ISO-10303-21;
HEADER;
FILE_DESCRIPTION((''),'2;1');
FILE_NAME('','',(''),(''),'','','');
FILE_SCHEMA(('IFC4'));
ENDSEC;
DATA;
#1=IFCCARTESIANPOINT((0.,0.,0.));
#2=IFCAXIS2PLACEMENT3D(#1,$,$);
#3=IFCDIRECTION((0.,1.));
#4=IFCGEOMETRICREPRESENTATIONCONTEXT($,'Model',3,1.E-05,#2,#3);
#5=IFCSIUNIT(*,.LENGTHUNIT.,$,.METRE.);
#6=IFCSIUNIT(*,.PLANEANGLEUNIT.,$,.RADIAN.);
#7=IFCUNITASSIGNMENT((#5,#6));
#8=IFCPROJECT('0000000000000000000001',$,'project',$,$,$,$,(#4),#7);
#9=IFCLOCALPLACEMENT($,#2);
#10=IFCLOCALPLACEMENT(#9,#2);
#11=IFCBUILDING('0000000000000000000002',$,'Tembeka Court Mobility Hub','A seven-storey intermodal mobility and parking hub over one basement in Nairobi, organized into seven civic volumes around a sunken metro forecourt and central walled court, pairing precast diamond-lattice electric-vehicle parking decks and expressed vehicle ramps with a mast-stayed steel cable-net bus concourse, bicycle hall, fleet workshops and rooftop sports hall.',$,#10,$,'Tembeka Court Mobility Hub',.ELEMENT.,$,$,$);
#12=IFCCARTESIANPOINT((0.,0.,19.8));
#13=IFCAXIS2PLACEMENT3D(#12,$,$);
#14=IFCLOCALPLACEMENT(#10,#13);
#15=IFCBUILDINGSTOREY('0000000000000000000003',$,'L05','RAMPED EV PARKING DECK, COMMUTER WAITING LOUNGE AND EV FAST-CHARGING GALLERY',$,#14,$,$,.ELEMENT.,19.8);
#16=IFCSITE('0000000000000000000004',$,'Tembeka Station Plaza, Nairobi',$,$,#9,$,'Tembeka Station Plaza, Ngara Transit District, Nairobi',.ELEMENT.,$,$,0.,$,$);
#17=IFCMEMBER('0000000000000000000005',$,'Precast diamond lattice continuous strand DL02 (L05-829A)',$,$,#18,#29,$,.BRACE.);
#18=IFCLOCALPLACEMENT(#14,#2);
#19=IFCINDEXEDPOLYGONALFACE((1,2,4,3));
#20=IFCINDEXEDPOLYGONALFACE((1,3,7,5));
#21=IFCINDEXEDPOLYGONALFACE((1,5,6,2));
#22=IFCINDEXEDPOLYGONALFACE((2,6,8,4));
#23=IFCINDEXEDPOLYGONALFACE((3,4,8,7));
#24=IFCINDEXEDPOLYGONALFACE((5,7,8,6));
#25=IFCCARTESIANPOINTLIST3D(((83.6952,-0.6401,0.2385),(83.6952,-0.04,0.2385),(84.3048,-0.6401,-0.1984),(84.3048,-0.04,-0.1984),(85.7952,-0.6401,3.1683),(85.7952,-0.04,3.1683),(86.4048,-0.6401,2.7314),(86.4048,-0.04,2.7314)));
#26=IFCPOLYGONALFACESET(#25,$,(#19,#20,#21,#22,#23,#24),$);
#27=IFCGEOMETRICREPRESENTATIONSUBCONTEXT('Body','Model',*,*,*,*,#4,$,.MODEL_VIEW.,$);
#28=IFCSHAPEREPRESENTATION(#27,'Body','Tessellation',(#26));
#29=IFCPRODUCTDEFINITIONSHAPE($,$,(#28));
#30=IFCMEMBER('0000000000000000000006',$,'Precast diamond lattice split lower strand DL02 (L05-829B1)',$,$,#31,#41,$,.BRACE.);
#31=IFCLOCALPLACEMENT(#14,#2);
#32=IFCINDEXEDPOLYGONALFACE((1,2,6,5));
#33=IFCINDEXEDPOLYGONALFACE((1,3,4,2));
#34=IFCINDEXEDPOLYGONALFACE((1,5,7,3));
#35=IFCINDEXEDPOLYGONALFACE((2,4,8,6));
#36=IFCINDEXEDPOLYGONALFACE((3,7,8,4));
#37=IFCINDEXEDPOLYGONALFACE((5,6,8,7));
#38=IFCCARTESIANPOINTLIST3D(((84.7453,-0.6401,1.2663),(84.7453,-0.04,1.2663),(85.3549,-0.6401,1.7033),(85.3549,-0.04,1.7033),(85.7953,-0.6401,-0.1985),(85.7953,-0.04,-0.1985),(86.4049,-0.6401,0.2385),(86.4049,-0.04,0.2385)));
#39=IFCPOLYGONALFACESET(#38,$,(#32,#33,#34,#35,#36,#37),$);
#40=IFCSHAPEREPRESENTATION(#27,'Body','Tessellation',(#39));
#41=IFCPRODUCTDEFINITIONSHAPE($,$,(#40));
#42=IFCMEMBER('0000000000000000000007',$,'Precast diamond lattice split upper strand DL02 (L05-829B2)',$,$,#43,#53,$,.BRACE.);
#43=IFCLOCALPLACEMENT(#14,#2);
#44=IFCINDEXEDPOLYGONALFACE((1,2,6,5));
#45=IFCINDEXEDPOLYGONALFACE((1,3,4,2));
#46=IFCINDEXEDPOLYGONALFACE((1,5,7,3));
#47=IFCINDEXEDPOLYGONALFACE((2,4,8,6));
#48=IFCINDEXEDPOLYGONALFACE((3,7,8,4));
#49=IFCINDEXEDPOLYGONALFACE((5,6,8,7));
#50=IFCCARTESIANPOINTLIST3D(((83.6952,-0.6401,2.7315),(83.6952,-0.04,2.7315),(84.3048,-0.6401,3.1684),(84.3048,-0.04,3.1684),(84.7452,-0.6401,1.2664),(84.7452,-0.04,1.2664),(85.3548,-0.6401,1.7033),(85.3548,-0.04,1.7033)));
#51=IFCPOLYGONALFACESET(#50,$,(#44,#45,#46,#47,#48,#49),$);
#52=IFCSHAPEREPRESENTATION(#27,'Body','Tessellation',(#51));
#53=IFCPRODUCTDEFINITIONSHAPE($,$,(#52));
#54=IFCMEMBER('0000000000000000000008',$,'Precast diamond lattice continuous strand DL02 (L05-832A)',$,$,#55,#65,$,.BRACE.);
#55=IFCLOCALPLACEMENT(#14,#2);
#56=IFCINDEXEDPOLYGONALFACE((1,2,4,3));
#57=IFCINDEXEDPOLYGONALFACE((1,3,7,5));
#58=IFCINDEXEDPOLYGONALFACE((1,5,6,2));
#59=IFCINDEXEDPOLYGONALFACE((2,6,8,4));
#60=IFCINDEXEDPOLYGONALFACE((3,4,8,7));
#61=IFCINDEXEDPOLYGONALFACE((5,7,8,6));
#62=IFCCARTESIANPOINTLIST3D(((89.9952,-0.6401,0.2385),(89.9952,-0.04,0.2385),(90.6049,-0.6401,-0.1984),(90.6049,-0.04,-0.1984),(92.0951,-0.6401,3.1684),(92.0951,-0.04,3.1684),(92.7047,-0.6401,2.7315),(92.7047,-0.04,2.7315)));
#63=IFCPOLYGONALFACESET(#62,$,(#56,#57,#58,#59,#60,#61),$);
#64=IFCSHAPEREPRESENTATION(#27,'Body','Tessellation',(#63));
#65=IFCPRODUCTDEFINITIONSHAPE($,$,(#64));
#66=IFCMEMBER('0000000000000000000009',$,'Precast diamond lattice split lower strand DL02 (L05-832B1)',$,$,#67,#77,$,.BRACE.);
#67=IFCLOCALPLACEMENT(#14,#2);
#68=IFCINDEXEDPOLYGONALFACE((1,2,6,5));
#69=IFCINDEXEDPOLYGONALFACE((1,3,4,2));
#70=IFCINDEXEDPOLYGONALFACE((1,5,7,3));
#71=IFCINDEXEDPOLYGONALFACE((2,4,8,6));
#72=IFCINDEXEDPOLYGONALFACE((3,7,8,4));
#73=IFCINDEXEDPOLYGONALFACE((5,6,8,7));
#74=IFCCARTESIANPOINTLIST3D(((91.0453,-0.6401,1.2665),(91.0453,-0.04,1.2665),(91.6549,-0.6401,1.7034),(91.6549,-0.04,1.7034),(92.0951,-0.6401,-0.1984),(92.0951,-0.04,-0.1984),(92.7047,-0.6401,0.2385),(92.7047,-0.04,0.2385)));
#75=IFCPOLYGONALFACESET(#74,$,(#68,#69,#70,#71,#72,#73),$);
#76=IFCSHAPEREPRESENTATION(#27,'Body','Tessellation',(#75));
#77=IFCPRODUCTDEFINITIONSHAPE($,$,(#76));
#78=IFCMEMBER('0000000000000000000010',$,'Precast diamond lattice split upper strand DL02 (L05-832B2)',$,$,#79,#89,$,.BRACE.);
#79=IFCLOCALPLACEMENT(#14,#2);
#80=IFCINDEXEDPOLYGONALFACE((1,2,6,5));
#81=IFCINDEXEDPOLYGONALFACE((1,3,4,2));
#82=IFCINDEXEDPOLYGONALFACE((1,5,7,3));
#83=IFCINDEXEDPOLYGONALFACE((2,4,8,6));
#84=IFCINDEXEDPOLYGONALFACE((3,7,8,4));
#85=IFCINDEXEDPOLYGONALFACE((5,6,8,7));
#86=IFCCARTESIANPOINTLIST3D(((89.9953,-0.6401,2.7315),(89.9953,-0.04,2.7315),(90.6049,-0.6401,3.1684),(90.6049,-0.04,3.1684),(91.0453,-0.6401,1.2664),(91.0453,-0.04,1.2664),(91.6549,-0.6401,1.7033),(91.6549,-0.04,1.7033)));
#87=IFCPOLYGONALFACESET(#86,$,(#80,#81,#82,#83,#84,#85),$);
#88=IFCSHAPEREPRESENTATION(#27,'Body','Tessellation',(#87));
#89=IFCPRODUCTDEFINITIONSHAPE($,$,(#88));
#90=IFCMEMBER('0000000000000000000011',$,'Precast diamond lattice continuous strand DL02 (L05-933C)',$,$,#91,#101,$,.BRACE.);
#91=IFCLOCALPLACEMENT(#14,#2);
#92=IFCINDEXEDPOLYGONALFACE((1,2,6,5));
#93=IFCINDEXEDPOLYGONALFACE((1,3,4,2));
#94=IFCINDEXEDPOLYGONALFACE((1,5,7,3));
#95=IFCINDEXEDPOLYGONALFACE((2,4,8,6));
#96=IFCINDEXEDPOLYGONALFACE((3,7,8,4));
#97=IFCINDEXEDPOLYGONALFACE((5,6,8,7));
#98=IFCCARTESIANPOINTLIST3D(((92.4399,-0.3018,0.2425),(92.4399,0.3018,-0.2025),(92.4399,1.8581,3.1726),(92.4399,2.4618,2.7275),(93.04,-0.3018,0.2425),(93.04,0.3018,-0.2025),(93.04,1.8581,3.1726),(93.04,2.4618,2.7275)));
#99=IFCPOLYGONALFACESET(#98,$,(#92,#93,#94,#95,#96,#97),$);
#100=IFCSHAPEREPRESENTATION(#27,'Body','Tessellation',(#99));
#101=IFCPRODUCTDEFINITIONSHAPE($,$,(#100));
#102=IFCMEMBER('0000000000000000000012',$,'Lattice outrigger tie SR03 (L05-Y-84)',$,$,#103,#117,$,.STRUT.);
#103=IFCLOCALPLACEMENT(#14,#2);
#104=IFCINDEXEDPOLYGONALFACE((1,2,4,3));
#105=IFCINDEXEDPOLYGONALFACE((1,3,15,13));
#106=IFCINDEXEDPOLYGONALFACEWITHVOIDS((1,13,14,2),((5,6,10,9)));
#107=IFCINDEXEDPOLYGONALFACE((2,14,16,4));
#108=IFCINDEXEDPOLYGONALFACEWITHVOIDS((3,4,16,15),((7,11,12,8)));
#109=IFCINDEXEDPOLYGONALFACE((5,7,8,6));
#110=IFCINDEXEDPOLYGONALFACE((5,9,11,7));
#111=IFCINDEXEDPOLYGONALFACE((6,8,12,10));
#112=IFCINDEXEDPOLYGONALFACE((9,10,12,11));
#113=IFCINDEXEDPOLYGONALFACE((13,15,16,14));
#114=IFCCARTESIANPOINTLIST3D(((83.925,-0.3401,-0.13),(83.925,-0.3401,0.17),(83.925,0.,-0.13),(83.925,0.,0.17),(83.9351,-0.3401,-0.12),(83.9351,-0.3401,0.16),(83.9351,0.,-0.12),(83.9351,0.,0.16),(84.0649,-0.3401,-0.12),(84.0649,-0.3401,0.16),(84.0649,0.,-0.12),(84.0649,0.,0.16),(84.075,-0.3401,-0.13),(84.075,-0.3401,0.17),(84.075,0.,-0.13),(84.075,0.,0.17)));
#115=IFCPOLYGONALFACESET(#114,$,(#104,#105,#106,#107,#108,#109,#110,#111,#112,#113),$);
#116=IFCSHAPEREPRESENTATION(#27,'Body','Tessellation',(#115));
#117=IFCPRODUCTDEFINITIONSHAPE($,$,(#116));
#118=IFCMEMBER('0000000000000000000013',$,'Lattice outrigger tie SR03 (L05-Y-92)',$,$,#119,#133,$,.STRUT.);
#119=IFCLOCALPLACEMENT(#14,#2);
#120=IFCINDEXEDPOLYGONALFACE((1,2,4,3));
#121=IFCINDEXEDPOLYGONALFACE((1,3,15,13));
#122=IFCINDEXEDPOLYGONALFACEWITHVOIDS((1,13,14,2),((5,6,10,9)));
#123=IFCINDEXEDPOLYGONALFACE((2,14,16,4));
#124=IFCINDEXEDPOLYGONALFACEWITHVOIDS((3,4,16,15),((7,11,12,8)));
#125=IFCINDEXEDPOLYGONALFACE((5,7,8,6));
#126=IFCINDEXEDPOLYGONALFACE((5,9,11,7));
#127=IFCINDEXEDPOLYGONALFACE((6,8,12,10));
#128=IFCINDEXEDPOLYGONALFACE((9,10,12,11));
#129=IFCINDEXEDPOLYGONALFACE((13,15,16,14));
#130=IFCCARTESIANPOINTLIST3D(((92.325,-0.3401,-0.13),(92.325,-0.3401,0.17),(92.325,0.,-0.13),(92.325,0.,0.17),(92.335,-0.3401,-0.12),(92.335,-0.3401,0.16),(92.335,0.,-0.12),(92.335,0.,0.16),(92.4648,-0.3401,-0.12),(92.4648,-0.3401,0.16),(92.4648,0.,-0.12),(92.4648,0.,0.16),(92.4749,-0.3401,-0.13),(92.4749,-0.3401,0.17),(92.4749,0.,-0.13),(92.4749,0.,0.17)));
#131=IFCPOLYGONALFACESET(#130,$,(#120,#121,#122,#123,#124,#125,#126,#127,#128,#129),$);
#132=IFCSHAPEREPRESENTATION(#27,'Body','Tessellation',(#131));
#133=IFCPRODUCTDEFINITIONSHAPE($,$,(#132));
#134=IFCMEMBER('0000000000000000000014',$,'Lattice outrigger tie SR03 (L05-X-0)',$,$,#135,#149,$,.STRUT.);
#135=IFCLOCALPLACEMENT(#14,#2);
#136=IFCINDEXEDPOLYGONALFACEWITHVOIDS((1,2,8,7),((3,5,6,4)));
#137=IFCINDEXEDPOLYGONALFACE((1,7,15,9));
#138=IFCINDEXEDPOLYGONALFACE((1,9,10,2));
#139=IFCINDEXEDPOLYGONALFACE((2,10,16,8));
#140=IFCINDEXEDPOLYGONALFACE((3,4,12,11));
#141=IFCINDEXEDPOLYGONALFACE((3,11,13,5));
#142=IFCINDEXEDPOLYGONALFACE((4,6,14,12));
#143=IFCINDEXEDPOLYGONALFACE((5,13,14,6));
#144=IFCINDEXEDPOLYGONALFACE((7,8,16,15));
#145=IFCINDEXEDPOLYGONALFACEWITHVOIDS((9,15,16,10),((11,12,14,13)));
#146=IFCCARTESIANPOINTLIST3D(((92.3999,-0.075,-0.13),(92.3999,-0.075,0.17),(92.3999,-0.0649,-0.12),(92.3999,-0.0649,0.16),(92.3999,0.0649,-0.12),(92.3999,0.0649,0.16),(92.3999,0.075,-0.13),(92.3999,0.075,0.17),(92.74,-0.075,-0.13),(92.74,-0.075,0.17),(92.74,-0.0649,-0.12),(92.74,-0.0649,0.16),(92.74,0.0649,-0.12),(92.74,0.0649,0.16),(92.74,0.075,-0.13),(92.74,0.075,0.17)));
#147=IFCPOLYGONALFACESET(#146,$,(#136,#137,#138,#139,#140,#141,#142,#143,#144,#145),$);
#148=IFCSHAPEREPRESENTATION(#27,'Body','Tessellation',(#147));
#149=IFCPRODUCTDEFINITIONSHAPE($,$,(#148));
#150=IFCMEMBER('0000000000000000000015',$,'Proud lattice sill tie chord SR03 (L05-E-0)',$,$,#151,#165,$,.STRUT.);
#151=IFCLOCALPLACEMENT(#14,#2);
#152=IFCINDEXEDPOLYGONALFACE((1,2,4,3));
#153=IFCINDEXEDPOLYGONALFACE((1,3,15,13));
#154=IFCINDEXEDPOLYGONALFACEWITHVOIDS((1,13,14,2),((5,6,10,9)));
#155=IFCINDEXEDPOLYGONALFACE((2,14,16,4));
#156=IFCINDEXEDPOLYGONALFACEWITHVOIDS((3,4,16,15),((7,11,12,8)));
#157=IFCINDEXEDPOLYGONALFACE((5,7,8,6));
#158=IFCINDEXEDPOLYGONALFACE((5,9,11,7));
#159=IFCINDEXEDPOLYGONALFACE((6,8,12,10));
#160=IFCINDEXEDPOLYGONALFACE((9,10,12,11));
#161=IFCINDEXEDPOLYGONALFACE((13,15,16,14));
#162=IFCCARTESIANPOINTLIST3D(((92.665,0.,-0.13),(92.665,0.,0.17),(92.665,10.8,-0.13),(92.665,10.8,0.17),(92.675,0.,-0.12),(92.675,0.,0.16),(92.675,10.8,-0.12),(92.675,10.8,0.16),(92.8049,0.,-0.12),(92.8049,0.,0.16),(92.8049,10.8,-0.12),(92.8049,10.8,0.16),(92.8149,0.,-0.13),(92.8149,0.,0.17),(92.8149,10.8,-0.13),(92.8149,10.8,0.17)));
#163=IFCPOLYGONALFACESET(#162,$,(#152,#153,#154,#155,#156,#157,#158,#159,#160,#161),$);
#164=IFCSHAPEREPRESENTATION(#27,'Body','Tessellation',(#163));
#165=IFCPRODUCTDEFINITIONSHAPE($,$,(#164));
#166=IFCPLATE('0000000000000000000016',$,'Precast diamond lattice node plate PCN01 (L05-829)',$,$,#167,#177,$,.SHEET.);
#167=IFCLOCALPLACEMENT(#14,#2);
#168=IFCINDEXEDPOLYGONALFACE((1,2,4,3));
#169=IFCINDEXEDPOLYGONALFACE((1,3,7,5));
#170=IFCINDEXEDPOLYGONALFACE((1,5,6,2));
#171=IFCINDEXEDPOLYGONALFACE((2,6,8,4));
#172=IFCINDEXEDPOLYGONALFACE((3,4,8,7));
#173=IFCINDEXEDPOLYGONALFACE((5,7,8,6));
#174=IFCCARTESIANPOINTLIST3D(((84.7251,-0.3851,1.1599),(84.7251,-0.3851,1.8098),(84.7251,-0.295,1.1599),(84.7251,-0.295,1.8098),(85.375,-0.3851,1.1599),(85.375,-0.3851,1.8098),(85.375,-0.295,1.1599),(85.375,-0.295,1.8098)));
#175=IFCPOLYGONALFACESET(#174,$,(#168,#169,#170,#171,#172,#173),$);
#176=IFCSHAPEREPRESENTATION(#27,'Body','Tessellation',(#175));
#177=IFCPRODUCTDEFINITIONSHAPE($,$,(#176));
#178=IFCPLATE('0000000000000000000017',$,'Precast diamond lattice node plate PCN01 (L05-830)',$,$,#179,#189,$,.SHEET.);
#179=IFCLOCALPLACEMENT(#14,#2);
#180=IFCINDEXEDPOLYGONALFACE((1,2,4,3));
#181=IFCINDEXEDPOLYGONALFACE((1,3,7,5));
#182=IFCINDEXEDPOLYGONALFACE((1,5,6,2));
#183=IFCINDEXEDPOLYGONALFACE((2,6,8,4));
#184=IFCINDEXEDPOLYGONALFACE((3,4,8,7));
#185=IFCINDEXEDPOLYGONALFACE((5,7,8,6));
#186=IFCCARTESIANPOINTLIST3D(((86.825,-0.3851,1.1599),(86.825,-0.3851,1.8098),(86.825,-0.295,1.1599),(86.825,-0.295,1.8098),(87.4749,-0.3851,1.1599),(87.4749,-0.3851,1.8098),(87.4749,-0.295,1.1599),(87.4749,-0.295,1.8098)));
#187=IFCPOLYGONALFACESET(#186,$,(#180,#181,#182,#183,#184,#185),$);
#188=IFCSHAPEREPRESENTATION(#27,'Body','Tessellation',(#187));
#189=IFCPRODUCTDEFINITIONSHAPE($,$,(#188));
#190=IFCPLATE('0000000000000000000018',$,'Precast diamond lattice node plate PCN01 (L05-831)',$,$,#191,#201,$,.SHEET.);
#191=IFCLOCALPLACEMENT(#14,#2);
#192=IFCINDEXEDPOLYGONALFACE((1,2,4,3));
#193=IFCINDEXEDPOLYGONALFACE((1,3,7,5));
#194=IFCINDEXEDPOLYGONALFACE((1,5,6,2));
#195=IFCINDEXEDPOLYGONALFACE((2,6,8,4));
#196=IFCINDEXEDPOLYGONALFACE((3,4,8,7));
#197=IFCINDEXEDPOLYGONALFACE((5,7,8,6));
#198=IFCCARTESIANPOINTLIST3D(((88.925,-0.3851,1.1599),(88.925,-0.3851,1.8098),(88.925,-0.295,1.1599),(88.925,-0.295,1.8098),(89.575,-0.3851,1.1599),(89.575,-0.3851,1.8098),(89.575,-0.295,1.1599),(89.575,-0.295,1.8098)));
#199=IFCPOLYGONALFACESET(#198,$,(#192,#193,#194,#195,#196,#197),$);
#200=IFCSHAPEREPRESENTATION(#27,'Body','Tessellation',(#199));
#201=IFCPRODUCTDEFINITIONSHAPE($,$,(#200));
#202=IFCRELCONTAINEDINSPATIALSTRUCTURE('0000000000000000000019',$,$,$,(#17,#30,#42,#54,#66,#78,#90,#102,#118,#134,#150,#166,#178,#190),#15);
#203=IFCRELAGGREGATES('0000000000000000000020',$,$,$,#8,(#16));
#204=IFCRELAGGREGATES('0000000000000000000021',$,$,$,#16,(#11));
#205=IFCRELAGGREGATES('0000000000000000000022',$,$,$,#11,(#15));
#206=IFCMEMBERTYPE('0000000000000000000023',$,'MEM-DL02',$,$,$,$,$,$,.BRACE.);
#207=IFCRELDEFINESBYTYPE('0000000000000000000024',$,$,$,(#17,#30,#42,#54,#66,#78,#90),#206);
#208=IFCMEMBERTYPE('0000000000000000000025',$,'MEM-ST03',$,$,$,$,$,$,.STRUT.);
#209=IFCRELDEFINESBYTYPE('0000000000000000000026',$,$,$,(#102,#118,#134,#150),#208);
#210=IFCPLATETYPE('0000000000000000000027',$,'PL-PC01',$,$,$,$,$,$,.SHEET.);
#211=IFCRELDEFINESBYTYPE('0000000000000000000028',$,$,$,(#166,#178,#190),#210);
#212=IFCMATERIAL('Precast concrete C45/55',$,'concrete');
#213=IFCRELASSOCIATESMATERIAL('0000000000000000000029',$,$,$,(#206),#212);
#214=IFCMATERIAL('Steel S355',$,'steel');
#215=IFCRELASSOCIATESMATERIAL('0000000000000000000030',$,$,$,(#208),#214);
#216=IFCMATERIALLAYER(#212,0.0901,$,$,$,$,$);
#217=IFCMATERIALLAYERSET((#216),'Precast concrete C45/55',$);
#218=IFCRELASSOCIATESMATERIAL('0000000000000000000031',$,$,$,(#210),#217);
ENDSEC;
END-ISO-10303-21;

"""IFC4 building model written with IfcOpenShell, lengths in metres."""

from ifc_helpers import new_model, si_unit, direction, frame, origin, origin_2d, place, context, subcontext, project, spatial, rectangle, hollow_rectangle, extrude, material, layer, layer_set, material_profile, profile_set, type_object, element, save


model = new_model("IFC4")

# Units and contexts
model_context = context("Model", 3, precision=1e-05, world=origin(), true_north=direction((0.0, 1.0)))
body_context = subcontext(model_context, "Body", "Model", "MODEL_VIEW")
ifc_project = project(units=[si_unit("LENGTHUNIT", "METRE"), si_unit("PLANEANGLEUNIT", "RADIAN")], contexts=[model_context])

# Site, building, storey
site_placement = place(None, origin())
site = spatial("IfcSite", under=ifc_project, at=site_placement, Name="Tembeka Station Plaza, Nairobi", LongName="Tembeka Station Plaza, Ngara Transit District, Nairobi", CompositionType="ELEMENT", RefElevation=0.0)
building_placement = place(site_placement, origin())
building = spatial("IfcBuilding", under=site, at=building_placement, Name="Tembeka Court Mobility Hub", Description="A seven-storey intermodal mobility and parking hub over one basement in Nairobi, organized into seven civic volumes around a sunken metro forecourt and central walled court, pairing precast diamond-lattice electric-vehicle parking decks and expressed vehicle ramps with a mast-stayed steel cable-net bus concourse, bicycle hall, fleet workshops and rooftop sports hall.", LongName="Tembeka Court Mobility Hub", CompositionType="ELEMENT")
storey_placement = place(building_placement, frame((0.0, 0.0, 19.8)))
storey = spatial("IfcBuildingStorey", under=building, at=storey_placement, Name="L05", Description="RAMPED EV PARKING DECK, COMMUTER WAITING LOUNGE AND EV FAST-CHARGING GALLERY", CompositionType="ELEMENT", Elevation=19.8)

# Shared definitions
ifc_material_1 = material(Name="Steel S355", Category="steel")

# Members
ifc_material_2 = material(Name="Precast concrete C45/55", Category="concrete")
ifc_material_profile_1 = material_profile(ifc_material_2, rectangle(XDim=0.6001, YDim=0.75, at=origin_2d()), Name="PC-DIAG 600x750")
ifc_profile_set_1 = profile_set([ifc_material_profile_1], Name="Precast concrete C45/55")
member_type_1 = type_object("IfcMemberType", Name="MEM-DL02", PredefinedType="BRACE", material=ifc_profile_set_1)
member_1_placement = place(storey_placement, frame((84.0, -0.3401, 0.02), z_axis=(0.582576, 0.0, 0.812776), x_axis=(0.0, 1.0, 0.0)))
element("IfcMember", 1, at=member_1_placement, inside=storey, type_object=member_type_1, Name="Precast diamond lattice continuous strand DL02 (L05-829A)", PredefinedType="BRACE", context=body_context, shape_type="SweptSolid", body=[
    extrude(rectangle(XDim=0.6001, YDim=0.75, at=origin_2d()), origin(), (0.0, 0.0, 1.0), 3.6047),
])
member_2_placement = place(storey_placement, frame((86.1001, -0.3401, 0.02), z_axis=(-0.582608, 0.0, 0.812753), x_axis=(0.0, -1.0, 0.0)))
element("IfcMember", 2, at=member_2_placement, inside=storey, type_object=member_type_1, Name="Precast diamond lattice split lower strand DL02 (L05-829B1)", PredefinedType="BRACE", context=body_context, shape_type="SweptSolid", body=[
    extrude(rectangle(XDim=0.6001, YDim=0.75, at=origin_2d()), origin(), (0.0, 0.0, 1.0), 1.8022),
])
member_3_placement = place(storey_placement, frame((85.05, -0.3401, 1.4849), z_axis=(-0.582544, 0.0, 0.812799), x_axis=(0.0, -1.0, 0.0)))
element("IfcMember", 3, at=member_3_placement, inside=storey, type_object=member_type_1, Name="Precast diamond lattice split upper strand DL02 (L05-829B2)", PredefinedType="BRACE", context=body_context, shape_type="SweptSolid", body=[
    extrude(rectangle(XDim=0.6001, YDim=0.75, at=origin_2d()), origin(), (0.0, 0.0, 1.0), 1.8025),
])
member_4_placement = place(storey_placement, frame((90.3, -0.3401, 0.02), z_axis=(0.582532, 0.0, 0.812808), x_axis=(0.0, 1.0, 0.0)))
element("IfcMember", 4, at=member_4_placement, inside=storey, type_object=member_type_1, Name="Precast diamond lattice continuous strand DL02 (L05-832A)", PredefinedType="BRACE", context=body_context, shape_type="SweptSolid", body=[
    extrude(rectangle(XDim=0.6001, YDim=0.75, at=origin_2d()), origin(), (0.0, 0.0, 1.0), 3.6047),
])
member_5_placement = place(storey_placement, frame((92.3999, -0.3401, 0.02), z_axis=(-0.582519, 0.0, 0.812817), x_axis=(0.0, -1.0, 0.0)))
element("IfcMember", 5, at=member_5_placement, inside=storey, type_object=member_type_1, Name="Precast diamond lattice split lower strand DL02 (L05-832B1)", PredefinedType="BRACE", context=body_context, shape_type="SweptSolid", body=[
    extrude(rectangle(XDim=0.6001, YDim=0.75, at=origin_2d()), origin(), (0.0, 0.0, 1.0), 1.8022),
])
member_6_placement = place(storey_placement, frame((91.3501, -0.3401, 1.4849), z_axis=(-0.582544, 0.0, 0.812799), x_axis=(0.0, -1.0, 0.0)))
element("IfcMember", 6, at=member_6_placement, inside=storey, type_object=member_type_1, Name="Precast diamond lattice split upper strand DL02 (L05-832B2)", PredefinedType="BRACE", context=body_context, shape_type="SweptSolid", body=[
    extrude(rectangle(XDim=0.6001, YDim=0.75, at=origin_2d()), origin(), (0.0, 0.0, 1.0), 1.8025),
])
member_7_placement = place(storey_placement, frame((92.74, 0.0, 0.02), z_axis=(0.0, 0.59338, 0.804923), x_axis=(-1.0, 0.0, 0.0)))
element("IfcMember", 7, at=member_7_placement, inside=storey, type_object=member_type_1, Name="Precast diamond lattice continuous strand DL02 (L05-933C)", PredefinedType="BRACE", context=body_context, shape_type="SweptSolid", body=[
    extrude(rectangle(XDim=0.6001, YDim=0.75, at=origin_2d()), origin(), (0.0, 0.0, 1.0), 3.6401),
])
ifc_material_profile_2 = material_profile(ifc_material_1, hollow_rectangle(XDim=0.1499, YDim=0.3, WallThickness=0.01, at=origin_2d()), Name="RHS 300x150x10")
ifc_profile_set_2 = profile_set([ifc_material_profile_2], Name="Steel S355")
member_type_2 = type_object("IfcMemberType", Name="MEM-ST03", PredefinedType="STRUT", material=ifc_profile_set_2)
for number, where, z_axis, x_axis, name in (
    (8, (84.0, 0.0, 0.02), (0.0, -1.0, 0.0), (1.0, 0.0, 0.0), "Lattice outrigger tie SR03 (L05-Y-84)"),
    (9, (92.3999, 0.0, 0.02), (0.0, -1.0, 0.0), (1.0, 0.0, 0.0), "Lattice outrigger tie SR03 (L05-Y-92)"),
    (10, (92.3999, 0.0, 0.02), (1.0, 0.0, 0.0), (0.0, 1.0, 0.0), "Lattice outrigger tie SR03 (L05-X-0)"),
):
    element("IfcMember", number, at=place(storey_placement, frame(where, z_axis=z_axis, x_axis=x_axis)), inside=storey, type_object=member_type_2, Name=name, PredefinedType="STRUT", context=body_context, shape_type="SweptSolid", body=[
        extrude(hollow_rectangle(XDim=0.1499, YDim=0.3, WallThickness=0.01, at=origin_2d()), origin(), (0.0, 0.0, 1.0), 0.3401),
    ])
member_8_placement = place(storey_placement, frame((92.74, 0.0, 0.02), z_axis=(0.0, 1.0, 0.0), x_axis=(-1.0, 0.0, 0.0)))
element("IfcMember", 11, at=member_8_placement, inside=storey, type_object=member_type_2, Name="Proud lattice sill tie chord SR03 (L05-E-0)", PredefinedType="STRUT", context=body_context, shape_type="SweptSolid", body=[
    extrude(hollow_rectangle(XDim=0.1499, YDim=0.3, WallThickness=0.01, at=origin_2d()), origin(), (0.0, 0.0, 1.0), 10.8),
])

# Plates
ifc_layer = layer(ifc_material_2, 0.0901)
ifc_layer_set = layer_set([ifc_layer], Name="Precast concrete C45/55")
plate_type = type_object("IfcPlateType", Name="PL-PC01", PredefinedType="SHEET", material=ifc_layer_set)
for number, where, z_axis, x_axis, name in (
    (12, (85.05, -0.3401, 1.1599), (0.0, 0.0, 1.0), (1.0, 0.0, 0.0), "Precast diamond lattice node plate PCN01 (L05-829)"),
    (13, (87.1499, -0.3401, 1.1599), (0.0, 0.0, 1.0), (1.0, 0.0, 0.0), "Precast diamond lattice node plate PCN01 (L05-830)"),
    (14, (89.25, -0.3401, 1.1599), (0.0, 0.0, 1.0), (1.0, 0.0, 0.0), "Precast diamond lattice node plate PCN01 (L05-831)"),
):
    element("IfcPlate", number, at=place(storey_placement, frame(where, z_axis=z_axis, x_axis=x_axis)), inside=storey, type_object=plate_type, Name=name, PredefinedType="SHEET", context=body_context, shape_type="SweptSolid", body=[
        extrude(rectangle(XDim=0.6499, YDim=0.0901, at=origin_2d()), origin(), (0.0, 0.0, 1.0), 0.6499),
    ])

save(model, "model.ifc")
